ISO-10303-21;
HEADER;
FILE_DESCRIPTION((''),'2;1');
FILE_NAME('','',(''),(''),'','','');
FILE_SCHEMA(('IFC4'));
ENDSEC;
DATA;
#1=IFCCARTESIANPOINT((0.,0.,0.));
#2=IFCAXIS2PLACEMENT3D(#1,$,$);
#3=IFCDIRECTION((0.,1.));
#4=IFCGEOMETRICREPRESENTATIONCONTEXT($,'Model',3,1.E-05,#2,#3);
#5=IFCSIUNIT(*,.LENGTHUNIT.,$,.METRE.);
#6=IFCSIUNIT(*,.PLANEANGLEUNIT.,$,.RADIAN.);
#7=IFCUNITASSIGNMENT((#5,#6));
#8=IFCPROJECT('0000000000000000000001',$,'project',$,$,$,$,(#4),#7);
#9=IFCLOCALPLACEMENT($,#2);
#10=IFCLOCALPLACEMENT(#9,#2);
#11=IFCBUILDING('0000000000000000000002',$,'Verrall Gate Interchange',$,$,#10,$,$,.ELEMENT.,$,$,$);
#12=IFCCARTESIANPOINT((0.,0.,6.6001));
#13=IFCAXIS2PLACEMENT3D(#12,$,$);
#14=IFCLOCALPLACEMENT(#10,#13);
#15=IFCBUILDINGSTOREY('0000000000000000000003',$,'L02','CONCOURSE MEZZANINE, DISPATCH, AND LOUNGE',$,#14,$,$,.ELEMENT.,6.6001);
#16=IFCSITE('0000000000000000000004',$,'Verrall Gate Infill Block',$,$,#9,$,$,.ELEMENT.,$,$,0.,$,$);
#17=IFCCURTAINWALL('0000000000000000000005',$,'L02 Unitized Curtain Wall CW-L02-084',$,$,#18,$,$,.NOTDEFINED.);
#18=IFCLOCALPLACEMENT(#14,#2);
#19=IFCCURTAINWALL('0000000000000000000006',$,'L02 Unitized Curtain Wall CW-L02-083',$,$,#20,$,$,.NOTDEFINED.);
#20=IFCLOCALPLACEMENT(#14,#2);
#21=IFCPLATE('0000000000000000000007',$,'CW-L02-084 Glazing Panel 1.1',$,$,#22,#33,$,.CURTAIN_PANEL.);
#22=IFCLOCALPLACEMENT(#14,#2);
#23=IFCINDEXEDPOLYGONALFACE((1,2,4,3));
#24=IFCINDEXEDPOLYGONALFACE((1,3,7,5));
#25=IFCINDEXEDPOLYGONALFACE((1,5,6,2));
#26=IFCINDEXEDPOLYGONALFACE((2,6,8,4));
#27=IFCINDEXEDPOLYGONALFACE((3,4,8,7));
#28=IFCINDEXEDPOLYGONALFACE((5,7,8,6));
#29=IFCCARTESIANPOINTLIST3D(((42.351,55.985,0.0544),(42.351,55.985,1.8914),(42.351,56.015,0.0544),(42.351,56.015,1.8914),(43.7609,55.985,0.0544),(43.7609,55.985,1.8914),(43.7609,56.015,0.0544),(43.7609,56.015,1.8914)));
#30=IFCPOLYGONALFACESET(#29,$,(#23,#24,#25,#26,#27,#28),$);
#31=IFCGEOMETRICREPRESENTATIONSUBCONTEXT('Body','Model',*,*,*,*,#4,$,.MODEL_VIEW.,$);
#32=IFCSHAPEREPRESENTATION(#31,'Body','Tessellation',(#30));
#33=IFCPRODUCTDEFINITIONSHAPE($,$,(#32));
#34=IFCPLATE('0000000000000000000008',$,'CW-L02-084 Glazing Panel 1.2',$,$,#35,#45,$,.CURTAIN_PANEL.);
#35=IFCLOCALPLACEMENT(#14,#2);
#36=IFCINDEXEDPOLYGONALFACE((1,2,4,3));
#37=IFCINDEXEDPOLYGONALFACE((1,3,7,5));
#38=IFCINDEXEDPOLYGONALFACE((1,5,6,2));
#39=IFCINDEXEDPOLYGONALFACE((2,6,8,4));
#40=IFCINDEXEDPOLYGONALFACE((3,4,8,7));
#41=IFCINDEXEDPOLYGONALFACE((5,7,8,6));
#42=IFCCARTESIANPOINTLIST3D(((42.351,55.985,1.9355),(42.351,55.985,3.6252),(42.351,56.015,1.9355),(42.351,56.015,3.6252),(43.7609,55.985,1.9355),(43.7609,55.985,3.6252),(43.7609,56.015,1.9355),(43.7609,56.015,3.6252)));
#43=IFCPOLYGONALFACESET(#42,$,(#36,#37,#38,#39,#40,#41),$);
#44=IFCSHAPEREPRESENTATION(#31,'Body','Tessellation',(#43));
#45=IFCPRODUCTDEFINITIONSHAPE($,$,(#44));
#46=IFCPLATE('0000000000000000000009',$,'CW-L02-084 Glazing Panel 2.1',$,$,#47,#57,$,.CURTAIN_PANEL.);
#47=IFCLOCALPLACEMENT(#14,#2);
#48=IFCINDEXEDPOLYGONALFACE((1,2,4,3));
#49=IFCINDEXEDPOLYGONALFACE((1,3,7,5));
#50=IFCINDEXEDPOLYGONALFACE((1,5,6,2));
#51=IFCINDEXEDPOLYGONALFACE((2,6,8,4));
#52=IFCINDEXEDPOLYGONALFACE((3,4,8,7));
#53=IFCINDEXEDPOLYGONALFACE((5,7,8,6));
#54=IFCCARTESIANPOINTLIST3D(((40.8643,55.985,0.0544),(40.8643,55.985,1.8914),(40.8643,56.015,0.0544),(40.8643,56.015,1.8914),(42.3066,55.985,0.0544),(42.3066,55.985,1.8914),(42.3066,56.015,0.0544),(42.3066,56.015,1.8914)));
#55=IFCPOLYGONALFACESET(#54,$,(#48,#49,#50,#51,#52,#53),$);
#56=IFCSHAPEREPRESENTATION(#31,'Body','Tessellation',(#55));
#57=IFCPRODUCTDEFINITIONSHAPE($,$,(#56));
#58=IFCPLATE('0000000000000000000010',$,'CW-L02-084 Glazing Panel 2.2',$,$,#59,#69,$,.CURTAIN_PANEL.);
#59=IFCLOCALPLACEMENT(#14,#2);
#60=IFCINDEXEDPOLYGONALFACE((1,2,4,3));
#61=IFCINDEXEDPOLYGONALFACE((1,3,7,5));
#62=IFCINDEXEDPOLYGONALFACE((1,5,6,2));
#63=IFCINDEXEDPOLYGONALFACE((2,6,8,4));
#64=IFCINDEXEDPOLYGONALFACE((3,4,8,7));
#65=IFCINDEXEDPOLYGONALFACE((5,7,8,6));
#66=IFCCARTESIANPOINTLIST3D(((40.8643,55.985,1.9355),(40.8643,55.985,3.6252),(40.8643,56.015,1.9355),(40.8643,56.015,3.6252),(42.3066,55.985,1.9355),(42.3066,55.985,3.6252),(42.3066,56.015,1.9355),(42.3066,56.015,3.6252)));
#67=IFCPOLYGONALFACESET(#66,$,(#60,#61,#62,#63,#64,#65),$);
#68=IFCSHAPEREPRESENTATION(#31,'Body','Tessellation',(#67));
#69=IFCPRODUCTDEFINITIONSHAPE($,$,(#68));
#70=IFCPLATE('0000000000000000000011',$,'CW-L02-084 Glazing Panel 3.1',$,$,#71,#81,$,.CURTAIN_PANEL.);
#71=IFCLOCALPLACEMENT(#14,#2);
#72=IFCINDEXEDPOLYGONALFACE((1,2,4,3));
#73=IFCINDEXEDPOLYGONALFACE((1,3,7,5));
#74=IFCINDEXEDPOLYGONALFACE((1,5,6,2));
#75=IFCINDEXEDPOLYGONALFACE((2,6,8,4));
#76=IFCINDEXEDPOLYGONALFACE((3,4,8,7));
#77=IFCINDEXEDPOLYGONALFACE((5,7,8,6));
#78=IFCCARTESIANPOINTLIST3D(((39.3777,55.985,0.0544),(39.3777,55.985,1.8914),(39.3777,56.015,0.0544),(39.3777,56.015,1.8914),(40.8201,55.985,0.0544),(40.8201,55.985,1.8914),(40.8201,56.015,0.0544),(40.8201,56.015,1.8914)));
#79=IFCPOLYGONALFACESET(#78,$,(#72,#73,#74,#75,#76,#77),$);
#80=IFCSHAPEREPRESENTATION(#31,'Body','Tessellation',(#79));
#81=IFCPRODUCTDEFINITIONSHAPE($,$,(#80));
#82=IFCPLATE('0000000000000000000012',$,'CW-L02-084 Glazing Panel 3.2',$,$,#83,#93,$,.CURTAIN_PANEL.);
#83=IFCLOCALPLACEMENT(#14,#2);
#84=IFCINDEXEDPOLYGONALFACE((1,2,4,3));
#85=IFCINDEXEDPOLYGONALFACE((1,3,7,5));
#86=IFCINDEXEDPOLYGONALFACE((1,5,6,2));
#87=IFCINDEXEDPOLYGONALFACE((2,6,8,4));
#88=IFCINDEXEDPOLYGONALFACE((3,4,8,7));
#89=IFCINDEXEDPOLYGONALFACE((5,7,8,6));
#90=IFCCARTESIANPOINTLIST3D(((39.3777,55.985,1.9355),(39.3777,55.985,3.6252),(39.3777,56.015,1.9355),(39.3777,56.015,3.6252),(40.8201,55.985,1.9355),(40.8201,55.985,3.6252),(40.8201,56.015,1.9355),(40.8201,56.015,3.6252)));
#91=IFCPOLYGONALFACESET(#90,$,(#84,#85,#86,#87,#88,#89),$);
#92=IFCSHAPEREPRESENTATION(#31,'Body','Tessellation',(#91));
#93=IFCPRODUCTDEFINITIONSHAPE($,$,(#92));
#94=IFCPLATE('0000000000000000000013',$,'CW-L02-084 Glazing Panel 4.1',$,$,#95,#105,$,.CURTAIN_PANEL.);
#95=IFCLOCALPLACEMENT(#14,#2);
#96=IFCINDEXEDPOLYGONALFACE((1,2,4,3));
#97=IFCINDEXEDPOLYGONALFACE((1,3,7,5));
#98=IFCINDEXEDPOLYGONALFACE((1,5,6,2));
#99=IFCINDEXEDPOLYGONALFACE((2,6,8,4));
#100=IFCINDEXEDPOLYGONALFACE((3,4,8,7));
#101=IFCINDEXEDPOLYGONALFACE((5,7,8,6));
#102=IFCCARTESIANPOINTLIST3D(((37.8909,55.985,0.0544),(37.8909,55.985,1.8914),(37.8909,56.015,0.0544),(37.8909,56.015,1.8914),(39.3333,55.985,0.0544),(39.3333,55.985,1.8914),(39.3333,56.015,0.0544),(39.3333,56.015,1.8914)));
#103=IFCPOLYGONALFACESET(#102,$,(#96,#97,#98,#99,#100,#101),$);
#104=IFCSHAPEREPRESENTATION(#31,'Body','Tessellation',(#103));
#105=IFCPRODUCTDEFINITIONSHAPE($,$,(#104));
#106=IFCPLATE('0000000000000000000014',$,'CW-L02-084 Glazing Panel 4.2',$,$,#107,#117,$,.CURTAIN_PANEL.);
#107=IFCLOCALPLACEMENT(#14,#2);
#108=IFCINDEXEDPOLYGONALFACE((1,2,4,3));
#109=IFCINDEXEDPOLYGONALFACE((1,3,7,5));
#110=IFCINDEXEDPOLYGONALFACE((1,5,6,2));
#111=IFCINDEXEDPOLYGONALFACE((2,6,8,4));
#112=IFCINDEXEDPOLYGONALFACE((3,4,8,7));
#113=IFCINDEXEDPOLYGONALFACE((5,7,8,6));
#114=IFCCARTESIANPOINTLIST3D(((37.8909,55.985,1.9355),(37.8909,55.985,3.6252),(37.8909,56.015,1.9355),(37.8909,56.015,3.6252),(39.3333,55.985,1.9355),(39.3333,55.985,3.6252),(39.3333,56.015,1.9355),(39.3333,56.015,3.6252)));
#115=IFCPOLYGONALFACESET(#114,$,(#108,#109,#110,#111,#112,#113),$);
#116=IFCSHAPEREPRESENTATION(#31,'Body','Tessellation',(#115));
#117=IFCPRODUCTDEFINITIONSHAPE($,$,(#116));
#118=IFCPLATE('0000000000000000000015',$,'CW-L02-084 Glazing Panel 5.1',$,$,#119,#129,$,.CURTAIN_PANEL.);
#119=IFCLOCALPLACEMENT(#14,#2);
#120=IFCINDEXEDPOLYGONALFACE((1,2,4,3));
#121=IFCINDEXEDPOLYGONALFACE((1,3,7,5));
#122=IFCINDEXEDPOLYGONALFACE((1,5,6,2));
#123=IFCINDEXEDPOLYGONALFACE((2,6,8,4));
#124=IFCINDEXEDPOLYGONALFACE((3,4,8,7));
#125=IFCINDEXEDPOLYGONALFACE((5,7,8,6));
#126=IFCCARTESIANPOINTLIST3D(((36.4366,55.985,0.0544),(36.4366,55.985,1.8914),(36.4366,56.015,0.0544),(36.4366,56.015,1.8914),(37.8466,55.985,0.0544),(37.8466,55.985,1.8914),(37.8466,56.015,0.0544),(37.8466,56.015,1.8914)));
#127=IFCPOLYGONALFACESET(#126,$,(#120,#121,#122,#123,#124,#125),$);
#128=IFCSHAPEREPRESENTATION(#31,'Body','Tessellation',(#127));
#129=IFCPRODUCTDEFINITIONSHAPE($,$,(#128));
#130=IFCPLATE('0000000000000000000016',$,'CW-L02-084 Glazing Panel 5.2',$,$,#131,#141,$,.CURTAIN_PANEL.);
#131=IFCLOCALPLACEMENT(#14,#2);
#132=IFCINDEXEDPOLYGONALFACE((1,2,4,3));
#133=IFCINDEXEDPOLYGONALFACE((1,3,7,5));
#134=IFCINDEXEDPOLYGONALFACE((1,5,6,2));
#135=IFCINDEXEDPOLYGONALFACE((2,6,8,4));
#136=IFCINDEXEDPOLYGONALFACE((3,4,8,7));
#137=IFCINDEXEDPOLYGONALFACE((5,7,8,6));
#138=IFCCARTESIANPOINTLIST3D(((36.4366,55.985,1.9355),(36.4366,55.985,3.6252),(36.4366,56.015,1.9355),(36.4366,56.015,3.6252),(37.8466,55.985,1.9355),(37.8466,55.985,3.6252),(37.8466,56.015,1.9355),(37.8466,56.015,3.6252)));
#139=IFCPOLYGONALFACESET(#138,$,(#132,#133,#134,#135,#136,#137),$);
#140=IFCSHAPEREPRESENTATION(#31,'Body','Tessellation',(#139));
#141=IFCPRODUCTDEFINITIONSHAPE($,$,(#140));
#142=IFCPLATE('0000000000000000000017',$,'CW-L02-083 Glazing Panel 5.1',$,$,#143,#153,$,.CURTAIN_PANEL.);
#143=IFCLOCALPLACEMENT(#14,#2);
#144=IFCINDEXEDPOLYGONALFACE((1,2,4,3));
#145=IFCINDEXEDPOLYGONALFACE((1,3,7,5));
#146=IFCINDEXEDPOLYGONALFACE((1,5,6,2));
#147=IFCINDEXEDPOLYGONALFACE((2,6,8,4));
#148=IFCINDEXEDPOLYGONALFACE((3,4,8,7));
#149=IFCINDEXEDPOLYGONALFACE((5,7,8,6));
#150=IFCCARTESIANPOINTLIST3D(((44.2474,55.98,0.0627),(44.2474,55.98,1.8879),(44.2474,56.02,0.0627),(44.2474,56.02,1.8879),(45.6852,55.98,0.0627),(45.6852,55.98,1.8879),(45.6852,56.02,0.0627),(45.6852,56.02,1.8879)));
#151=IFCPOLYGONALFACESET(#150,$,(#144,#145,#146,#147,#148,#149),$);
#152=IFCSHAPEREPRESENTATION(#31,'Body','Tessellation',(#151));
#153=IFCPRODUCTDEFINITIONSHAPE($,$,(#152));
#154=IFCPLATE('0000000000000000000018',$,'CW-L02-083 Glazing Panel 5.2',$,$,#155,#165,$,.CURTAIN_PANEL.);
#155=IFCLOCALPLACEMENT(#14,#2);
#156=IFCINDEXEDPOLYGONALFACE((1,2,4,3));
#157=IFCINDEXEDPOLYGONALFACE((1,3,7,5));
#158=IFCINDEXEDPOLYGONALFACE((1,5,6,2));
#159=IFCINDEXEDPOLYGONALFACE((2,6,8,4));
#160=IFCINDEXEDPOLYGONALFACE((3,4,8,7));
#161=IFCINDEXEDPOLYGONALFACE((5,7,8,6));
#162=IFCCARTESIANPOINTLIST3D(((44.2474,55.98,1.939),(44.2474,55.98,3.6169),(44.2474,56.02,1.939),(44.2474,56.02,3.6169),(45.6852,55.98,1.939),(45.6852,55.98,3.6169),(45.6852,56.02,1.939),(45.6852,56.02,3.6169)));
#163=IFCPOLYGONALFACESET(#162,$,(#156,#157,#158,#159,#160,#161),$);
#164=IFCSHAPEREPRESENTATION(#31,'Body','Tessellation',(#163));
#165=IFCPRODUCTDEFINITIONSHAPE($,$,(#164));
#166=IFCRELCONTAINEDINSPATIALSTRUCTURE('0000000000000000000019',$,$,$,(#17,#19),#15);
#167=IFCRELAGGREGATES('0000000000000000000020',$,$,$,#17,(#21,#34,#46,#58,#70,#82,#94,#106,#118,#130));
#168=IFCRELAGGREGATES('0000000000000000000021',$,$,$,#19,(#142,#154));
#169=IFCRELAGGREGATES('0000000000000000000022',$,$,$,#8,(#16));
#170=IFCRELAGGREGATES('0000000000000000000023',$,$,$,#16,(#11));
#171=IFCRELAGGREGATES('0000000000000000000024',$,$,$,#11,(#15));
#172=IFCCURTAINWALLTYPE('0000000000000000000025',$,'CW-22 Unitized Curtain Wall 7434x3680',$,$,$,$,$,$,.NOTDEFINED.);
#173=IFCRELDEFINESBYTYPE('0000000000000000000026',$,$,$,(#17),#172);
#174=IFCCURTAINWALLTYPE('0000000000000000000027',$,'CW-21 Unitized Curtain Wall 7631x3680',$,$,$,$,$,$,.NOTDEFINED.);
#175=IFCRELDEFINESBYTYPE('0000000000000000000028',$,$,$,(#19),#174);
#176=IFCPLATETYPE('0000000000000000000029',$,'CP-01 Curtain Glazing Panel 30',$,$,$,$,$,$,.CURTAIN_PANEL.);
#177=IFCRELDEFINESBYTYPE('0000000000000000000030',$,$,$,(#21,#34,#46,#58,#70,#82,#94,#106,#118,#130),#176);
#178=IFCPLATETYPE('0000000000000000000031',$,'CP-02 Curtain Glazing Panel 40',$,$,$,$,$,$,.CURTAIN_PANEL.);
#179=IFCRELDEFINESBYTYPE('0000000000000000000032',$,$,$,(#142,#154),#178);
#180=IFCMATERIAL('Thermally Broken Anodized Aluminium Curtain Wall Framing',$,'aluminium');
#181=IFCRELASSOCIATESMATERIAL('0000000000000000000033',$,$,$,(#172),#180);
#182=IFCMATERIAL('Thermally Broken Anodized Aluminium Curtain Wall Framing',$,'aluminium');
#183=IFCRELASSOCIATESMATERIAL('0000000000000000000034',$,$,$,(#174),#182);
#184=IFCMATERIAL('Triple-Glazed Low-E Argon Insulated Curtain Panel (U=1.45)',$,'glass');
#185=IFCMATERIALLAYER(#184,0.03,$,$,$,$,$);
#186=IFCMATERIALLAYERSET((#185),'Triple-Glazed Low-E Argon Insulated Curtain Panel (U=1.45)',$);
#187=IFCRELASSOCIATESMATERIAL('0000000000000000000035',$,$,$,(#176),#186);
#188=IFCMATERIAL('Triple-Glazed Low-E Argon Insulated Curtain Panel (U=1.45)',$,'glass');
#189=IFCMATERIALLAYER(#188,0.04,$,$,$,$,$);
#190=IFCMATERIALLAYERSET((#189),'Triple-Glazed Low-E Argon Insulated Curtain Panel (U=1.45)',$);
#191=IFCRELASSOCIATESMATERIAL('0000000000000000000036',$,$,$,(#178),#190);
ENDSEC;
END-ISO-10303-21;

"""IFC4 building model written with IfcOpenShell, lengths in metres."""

from ifc_helpers import new_model, si_unit, direction, frame, origin, origin_2d, place, context, subcontext, project, spatial, rectangle, extrude, material, layer, layer_set, type_object, element, aggregate, save


model = new_model("IFC4")

# Units and contexts
model_context = context("Model", 3, precision=1e-05, world=origin(), true_north=direction((0.0, 1.0)))
body_context = subcontext(model_context, "Body", "Model", "MODEL_VIEW")
ifc_project = project(units=[si_unit("LENGTHUNIT", "METRE"), si_unit("PLANEANGLEUNIT", "RADIAN")], contexts=[model_context])

# Site, building, storey
site_placement = place(None, origin())
site = spatial("IfcSite", under=ifc_project, at=site_placement, Name="Verrall Gate Infill Block", CompositionType="ELEMENT", RefElevation=0.0)
building_placement = place(site_placement, origin())
building = spatial("IfcBuilding", under=site, at=building_placement, Name="Verrall Gate Interchange", CompositionType="ELEMENT")
storey_placement = place(building_placement, frame((0.0, 0.0, 6.6001)))
storey = spatial("IfcBuildingStorey", under=building, at=storey_placement, Name="L02", Description="CONCOURSE MEZZANINE, DISPATCH, AND LOUNGE", CompositionType="ELEMENT", Elevation=6.6001)

# Curtain walls
ifc_material_1 = material(Name="Thermally Broken Anodized Aluminium Curtain Wall Framing", Category="aluminium")
curtain_wall_type_1 = type_object("IfcCurtainWallType", Name="CW-22 Unitized Curtain Wall 7434x3680", PredefinedType="NOTDEFINED", material=ifc_material_1)
curtain_wall_1_placement = place(storey_placement, origin())
curtain_wall_1 = element("IfcCurtainWall", 1, at=curtain_wall_1_placement, inside=storey, type_object=curtain_wall_type_1, Name="L02 Unitized Curtain Wall CW-L02-084", PredefinedType="NOTDEFINED")
ifc_material_2 = material(Name="Thermally Broken Anodized Aluminium Curtain Wall Framing", Category="aluminium")
curtain_wall_type_2 = type_object("IfcCurtainWallType", Name="CW-21 Unitized Curtain Wall 7631x3680", PredefinedType="NOTDEFINED", material=ifc_material_2)
curtain_wall_2_placement = place(storey_placement, origin())
curtain_wall_2 = element("IfcCurtainWall", 2, at=curtain_wall_2_placement, inside=storey, type_object=curtain_wall_type_2, Name="L02 Unitized Curtain Wall CW-L02-083", PredefinedType="NOTDEFINED")

# Plates
ifc_material_3 = material(Name="Triple-Glazed Low-E Argon Insulated Curtain Panel (U=1.45)", Category="glass")
ifc_layer_1 = layer(ifc_material_3, 0.03)
ifc_layer_set_1 = layer_set([ifc_layer_1], Name="Triple-Glazed Low-E Argon Insulated Curtain Panel (U=1.45)")
plate_type_1 = type_object("IfcPlateType", Name="CP-01 Curtain Glazing Panel 30", PredefinedType="CURTAIN_PANEL", material=ifc_layer_set_1)
plate_1_placement = place(storey_placement, frame((43.0559, 56.0, 0.0544), z_axis=(0.0, 0.0, 1.0), x_axis=(-1.0, 0.0, 0.0)))
plate_1 = element("IfcPlate", 3, at=plate_1_placement, type_object=plate_type_1, Name="CW-L02-084 Glazing Panel 1.1", PredefinedType="CURTAIN_PANEL", context=body_context, shape_type="SweptSolid", body=[
    extrude(rectangle(XDim=1.4099, YDim=0.03, at=origin_2d()), origin(), (0.0, 0.0, 1.0), 1.8369),
])
plate_2_placement = place(storey_placement, frame((43.0559, 56.0, 1.9355), z_axis=(0.0, 0.0, 1.0), x_axis=(-1.0, 0.0, 0.0)))
plate_2 = element("IfcPlate", 4, at=plate_2_placement, type_object=plate_type_1, Name="CW-L02-084 Glazing Panel 1.2", PredefinedType="CURTAIN_PANEL", context=body_context, shape_type="SweptSolid", body=[
    extrude(rectangle(XDim=1.4099, YDim=0.03, at=origin_2d()), origin(), (0.0, 0.0, 1.0), 1.6897),
])
plate_3_placement = place(storey_placement, frame((41.5854, 56.0, 0.0544), z_axis=(0.0, 0.0, 1.0), x_axis=(-1.0, 0.0, 0.0)))
plate_3 = element("IfcPlate", 5, at=plate_3_placement, type_object=plate_type_1, Name="CW-L02-084 Glazing Panel 2.1", PredefinedType="CURTAIN_PANEL", context=body_context, shape_type="SweptSolid", body=[
    extrude(rectangle(XDim=1.4424, YDim=0.03, at=origin_2d()), origin(), (0.0, 0.0, 1.0), 1.8369),
])
plate_4_placement = place(storey_placement, frame((41.5854, 56.0, 1.9355), z_axis=(0.0, 0.0, 1.0), x_axis=(-1.0, 0.0, 0.0)))
plate_4 = element("IfcPlate", 6, at=plate_4_placement, type_object=plate_type_1, Name="CW-L02-084 Glazing Panel 2.2", PredefinedType="CURTAIN_PANEL", context=body_context, shape_type="SweptSolid", body=[
    extrude(rectangle(XDim=1.4424, YDim=0.03, at=origin_2d()), origin(), (0.0, 0.0, 1.0), 1.6897),
])
plate_5_placement = place(storey_placement, frame((40.0989, 56.0, 0.0544), z_axis=(0.0, 0.0, 1.0), x_axis=(-1.0, 0.0, 0.0)))
plate_5 = element("IfcPlate", 7, at=plate_5_placement, type_object=plate_type_1, Name="CW-L02-084 Glazing Panel 3.1", PredefinedType="CURTAIN_PANEL", context=body_context, shape_type="SweptSolid", body=[
    extrude(rectangle(XDim=1.4424, YDim=0.03, at=origin_2d()), origin(), (0.0, 0.0, 1.0), 1.8369),
])
plate_6_placement = place(storey_placement, frame((40.0989, 56.0, 1.9355), z_axis=(0.0, 0.0, 1.0), x_axis=(-1.0, 0.0, 0.0)))
plate_6 = element("IfcPlate", 8, at=plate_6_placement, type_object=plate_type_1, Name="CW-L02-084 Glazing Panel 3.2", PredefinedType="CURTAIN_PANEL", context=body_context, shape_type="SweptSolid", body=[
    extrude(rectangle(XDim=1.4424, YDim=0.03, at=origin_2d()), origin(), (0.0, 0.0, 1.0), 1.6897),
])
plate_7_placement = place(storey_placement, frame((38.6121, 56.0, 0.0544), z_axis=(0.0, 0.0, 1.0), x_axis=(-1.0, 0.0, 0.0)))
plate_7 = element("IfcPlate", 9, at=plate_7_placement, type_object=plate_type_1, Name="CW-L02-084 Glazing Panel 4.1", PredefinedType="CURTAIN_PANEL", context=body_context, shape_type="SweptSolid", body=[
    extrude(rectangle(XDim=1.4424, YDim=0.03, at=origin_2d()), origin(), (0.0, 0.0, 1.0), 1.8369),
])
plate_8_placement = place(storey_placement, frame((38.6121, 56.0, 1.9355), z_axis=(0.0, 0.0, 1.0), x_axis=(-1.0, 0.0, 0.0)))
plate_8 = element("IfcPlate", 10, at=plate_8_placement, type_object=plate_type_1, Name="CW-L02-084 Glazing Panel 4.2", PredefinedType="CURTAIN_PANEL", context=body_context, shape_type="SweptSolid", body=[
    extrude(rectangle(XDim=1.4424, YDim=0.03, at=origin_2d()), origin(), (0.0, 0.0, 1.0), 1.6897),
])
plate_9_placement = place(storey_placement, frame((37.1416, 56.0, 0.0544), z_axis=(0.0, 0.0, 1.0), x_axis=(-1.0, 0.0, 0.0)))
plate_9 = element("IfcPlate", 11, at=plate_9_placement, type_object=plate_type_1, Name="CW-L02-084 Glazing Panel 5.1", PredefinedType="CURTAIN_PANEL", context=body_context, shape_type="SweptSolid", body=[
    extrude(rectangle(XDim=1.4099, YDim=0.03, at=origin_2d()), origin(), (0.0, 0.0, 1.0), 1.8369),
])
plate_10_placement = place(storey_placement, frame((37.1416, 56.0, 1.9355), z_axis=(0.0, 0.0, 1.0), x_axis=(-1.0, 0.0, 0.0)))
plate_10 = element("IfcPlate", 12, at=plate_10_placement, type_object=plate_type_1, Name="CW-L02-084 Glazing Panel 5.2", PredefinedType="CURTAIN_PANEL", context=body_context, shape_type="SweptSolid", body=[
    extrude(rectangle(XDim=1.4099, YDim=0.03, at=origin_2d()), origin(), (0.0, 0.0, 1.0), 1.6897),
])
aggregate(curtain_wall_1, [plate_1, plate_2, plate_3, plate_4, plate_5, plate_6, plate_7, plate_8, plate_9, plate_10])
ifc_material_4 = material(Name="Triple-Glazed Low-E Argon Insulated Curtain Panel (U=1.45)", Category="glass")
ifc_layer_2 = layer(ifc_material_4, 0.04)
ifc_layer_set_2 = layer_set([ifc_layer_2], Name="Triple-Glazed Low-E Argon Insulated Curtain Panel (U=1.45)")
plate_type_2 = type_object("IfcPlateType", Name="CP-02 Curtain Glazing Panel 40", PredefinedType="CURTAIN_PANEL", material=ifc_layer_set_2)
plate_11_placement = place(storey_placement, frame((44.9663, 56.0, 0.0627), z_axis=(0.0, 0.0, 1.0), x_axis=(-1.0, 0.0, 0.0)))
plate_11 = element("IfcPlate", 13, at=plate_11_placement, type_object=plate_type_2, Name="CW-L02-083 Glazing Panel 5.1", PredefinedType="CURTAIN_PANEL", context=body_context, shape_type="SweptSolid", body=[
    extrude(rectangle(XDim=1.4377, YDim=0.04, at=origin_2d()), origin(), (0.0, 0.0, 1.0), 1.8252),
])
plate_12_placement = place(storey_placement, frame((44.9663, 56.0, 1.939), z_axis=(0.0, 0.0, 1.0), x_axis=(-1.0, 0.0, 0.0)))
plate_12 = element("IfcPlate", 14, at=plate_12_placement, type_object=plate_type_2, Name="CW-L02-083 Glazing Panel 5.2", PredefinedType="CURTAIN_PANEL", context=body_context, shape_type="SweptSolid", body=[
    extrude(rectangle(XDim=1.4377, YDim=0.04, at=origin_2d()), origin(), (0.0, 0.0, 1.0), 1.678),
])
aggregate(curtain_wall_2, [plate_11, plate_12])

save(model, "model.ifc")
